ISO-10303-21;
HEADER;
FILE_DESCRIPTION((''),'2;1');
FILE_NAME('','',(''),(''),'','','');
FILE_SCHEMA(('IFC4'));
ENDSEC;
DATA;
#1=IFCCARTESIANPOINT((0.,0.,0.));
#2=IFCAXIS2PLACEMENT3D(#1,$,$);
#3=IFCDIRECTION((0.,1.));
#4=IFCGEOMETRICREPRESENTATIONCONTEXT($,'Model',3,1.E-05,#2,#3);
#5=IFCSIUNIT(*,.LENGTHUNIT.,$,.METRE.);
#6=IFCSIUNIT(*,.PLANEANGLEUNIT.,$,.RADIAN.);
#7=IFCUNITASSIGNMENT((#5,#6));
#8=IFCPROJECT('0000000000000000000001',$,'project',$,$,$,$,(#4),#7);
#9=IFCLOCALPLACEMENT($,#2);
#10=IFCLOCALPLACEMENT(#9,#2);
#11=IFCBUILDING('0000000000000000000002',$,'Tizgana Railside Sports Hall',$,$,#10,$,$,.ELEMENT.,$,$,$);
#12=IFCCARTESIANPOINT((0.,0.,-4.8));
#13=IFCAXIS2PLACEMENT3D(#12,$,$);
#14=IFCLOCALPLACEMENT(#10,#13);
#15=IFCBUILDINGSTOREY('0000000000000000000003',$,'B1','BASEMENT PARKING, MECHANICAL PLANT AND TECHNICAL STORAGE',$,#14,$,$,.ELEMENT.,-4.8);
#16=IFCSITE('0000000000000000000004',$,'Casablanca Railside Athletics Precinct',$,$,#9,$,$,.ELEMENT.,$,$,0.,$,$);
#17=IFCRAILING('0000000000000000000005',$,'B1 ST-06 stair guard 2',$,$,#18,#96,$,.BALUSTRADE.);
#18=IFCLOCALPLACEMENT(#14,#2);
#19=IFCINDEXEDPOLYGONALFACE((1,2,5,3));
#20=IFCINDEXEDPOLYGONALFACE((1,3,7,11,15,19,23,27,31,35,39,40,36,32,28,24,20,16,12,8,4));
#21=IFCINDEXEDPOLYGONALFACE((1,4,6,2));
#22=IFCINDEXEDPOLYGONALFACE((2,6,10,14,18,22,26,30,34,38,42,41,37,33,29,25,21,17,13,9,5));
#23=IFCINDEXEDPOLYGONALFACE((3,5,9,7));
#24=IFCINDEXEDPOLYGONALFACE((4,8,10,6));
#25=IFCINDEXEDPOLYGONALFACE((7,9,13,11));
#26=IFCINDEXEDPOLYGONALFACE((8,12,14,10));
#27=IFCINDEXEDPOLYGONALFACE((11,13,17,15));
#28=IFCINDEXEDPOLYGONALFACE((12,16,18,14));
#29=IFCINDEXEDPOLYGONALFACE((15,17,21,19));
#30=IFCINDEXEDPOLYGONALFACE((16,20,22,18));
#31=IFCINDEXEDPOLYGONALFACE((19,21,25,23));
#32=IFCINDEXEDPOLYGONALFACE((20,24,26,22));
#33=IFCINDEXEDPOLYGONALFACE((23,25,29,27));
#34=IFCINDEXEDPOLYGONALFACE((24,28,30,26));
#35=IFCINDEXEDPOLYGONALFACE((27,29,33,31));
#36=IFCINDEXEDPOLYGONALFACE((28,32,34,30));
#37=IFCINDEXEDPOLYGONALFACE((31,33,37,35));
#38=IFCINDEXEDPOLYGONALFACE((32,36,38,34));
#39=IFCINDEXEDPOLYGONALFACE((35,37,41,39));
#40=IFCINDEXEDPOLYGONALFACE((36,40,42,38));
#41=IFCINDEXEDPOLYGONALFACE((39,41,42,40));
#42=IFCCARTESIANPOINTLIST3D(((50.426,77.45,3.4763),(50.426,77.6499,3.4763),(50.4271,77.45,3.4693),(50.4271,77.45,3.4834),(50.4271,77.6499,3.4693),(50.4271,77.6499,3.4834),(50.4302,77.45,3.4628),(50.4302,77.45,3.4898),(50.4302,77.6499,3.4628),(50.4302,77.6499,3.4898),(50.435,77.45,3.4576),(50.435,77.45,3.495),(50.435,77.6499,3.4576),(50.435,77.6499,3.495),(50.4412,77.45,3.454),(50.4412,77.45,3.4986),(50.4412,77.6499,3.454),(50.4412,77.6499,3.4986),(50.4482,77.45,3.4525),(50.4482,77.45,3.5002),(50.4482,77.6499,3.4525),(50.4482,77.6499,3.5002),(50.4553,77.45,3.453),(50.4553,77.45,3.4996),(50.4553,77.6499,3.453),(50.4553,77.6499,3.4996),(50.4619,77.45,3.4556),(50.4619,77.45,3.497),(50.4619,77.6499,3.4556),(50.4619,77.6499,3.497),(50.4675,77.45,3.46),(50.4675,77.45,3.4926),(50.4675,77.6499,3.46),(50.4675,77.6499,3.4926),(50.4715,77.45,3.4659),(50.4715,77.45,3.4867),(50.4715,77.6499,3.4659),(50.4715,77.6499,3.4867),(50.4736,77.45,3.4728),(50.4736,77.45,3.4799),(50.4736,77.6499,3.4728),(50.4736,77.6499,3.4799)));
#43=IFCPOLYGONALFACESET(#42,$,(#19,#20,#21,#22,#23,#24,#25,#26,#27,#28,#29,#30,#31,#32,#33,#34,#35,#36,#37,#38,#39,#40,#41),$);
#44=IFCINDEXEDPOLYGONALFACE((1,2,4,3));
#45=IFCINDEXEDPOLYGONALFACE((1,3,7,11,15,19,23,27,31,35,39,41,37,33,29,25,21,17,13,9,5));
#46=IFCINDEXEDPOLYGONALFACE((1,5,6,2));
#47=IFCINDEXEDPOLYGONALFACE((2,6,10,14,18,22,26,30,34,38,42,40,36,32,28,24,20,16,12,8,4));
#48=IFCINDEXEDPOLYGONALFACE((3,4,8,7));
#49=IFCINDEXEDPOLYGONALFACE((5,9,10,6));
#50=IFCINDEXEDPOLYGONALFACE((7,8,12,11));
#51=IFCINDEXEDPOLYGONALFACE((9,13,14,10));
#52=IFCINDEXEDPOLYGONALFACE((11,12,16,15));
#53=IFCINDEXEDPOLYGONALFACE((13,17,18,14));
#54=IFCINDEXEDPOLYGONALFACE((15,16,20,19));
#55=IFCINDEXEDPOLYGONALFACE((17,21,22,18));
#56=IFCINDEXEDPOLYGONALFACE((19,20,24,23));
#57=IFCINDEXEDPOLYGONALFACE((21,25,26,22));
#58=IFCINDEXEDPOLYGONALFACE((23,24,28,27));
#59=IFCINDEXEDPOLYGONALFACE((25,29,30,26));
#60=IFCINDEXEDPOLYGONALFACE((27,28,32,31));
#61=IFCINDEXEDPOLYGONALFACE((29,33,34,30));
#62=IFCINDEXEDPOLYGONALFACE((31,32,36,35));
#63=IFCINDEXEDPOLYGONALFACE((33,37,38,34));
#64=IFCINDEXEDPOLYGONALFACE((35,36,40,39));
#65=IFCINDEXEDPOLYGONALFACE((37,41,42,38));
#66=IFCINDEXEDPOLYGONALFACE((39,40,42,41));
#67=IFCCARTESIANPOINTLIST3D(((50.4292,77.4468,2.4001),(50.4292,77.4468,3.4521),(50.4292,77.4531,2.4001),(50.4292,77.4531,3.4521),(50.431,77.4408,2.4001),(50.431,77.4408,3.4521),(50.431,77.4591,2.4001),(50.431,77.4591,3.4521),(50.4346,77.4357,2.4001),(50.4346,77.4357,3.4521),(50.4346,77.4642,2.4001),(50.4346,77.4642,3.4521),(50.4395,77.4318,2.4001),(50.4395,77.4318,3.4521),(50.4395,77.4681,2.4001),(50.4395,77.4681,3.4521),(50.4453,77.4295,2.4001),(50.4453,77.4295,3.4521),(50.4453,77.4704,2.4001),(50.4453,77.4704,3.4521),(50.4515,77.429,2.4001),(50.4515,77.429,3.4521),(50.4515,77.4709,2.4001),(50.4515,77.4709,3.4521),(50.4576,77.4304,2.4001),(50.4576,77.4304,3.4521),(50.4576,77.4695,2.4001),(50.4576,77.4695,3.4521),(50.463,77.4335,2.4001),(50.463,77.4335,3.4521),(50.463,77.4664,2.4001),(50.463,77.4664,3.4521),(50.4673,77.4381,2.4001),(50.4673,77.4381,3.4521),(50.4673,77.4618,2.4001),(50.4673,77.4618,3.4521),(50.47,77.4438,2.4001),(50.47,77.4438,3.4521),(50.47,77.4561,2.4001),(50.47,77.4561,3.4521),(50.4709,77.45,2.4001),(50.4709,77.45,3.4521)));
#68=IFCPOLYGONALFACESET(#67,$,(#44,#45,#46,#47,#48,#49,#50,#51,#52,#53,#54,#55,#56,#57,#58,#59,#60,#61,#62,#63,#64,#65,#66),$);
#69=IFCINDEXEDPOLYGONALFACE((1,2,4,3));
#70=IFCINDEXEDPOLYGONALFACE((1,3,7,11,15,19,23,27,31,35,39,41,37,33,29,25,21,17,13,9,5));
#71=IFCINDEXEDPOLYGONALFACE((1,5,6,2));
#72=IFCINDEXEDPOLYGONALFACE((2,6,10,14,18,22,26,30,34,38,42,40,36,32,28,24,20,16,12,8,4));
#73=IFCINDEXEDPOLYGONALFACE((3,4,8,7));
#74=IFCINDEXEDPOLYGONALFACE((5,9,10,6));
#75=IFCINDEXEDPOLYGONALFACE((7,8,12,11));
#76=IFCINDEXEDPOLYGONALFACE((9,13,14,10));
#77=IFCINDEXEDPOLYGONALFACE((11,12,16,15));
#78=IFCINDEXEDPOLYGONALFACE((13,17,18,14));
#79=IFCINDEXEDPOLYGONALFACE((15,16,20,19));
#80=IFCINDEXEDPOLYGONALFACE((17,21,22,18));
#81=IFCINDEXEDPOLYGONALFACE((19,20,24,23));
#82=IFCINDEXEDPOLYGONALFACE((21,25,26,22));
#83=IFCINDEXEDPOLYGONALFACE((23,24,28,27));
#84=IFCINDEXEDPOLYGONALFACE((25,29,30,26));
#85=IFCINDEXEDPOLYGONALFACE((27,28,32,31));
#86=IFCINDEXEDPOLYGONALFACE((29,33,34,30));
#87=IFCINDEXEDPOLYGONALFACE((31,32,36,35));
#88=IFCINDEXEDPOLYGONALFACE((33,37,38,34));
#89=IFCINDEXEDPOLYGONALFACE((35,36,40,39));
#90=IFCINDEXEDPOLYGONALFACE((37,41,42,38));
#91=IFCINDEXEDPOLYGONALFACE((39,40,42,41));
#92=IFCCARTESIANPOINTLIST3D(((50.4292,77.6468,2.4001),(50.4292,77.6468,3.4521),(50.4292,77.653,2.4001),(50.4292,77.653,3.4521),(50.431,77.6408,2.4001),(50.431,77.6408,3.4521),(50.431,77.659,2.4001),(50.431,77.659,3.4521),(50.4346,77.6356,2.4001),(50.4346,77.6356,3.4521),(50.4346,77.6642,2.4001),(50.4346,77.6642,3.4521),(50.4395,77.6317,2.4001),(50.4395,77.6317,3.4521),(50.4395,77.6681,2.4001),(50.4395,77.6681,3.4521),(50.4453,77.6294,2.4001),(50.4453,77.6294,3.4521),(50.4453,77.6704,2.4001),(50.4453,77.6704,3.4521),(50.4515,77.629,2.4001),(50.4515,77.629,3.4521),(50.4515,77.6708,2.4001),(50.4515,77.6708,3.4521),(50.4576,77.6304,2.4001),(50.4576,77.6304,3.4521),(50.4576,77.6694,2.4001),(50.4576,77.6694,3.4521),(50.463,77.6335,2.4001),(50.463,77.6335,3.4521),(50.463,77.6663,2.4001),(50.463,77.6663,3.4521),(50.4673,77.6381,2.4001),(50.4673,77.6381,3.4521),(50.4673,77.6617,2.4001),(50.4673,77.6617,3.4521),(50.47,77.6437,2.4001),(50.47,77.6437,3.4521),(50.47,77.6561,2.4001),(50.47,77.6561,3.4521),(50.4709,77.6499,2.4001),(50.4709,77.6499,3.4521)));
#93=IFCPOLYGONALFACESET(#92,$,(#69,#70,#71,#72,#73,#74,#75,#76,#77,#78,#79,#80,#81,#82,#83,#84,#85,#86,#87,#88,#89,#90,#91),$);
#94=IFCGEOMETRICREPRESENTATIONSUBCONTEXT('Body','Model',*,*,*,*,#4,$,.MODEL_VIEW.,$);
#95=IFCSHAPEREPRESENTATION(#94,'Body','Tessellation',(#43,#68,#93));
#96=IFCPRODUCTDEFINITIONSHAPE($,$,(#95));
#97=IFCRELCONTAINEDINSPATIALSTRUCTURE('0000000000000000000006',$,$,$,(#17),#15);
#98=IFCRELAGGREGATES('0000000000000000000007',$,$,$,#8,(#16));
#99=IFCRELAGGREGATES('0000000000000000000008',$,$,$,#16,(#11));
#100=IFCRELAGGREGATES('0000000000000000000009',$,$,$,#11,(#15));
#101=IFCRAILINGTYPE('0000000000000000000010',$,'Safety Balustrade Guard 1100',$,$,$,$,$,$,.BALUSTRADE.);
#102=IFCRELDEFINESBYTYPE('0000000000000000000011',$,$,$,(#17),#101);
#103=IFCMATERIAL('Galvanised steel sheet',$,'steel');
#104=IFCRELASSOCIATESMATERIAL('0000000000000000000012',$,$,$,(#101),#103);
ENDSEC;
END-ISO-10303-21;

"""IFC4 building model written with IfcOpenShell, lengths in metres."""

from ifc_helpers import new_model, si_unit, direction, frame, origin, origin_2d, place, context, subcontext, project, spatial, circle, extrude, material, type_object, element, save


model = new_model("IFC4")

# Units and contexts
model_context = context("Model", 3, precision=1e-05, world=origin(), true_north=direction((0.0, 1.0)))
body_context = subcontext(model_context, "Body", "Model", "MODEL_VIEW")
ifc_project = project(units=[si_unit("LENGTHUNIT", "METRE"), si_unit("PLANEANGLEUNIT", "RADIAN")], contexts=[model_context])

# Site, building, storey
site_placement = place(None, origin())
site = spatial("IfcSite", under=ifc_project, at=site_placement, Name="Casablanca Railside Athletics Precinct", CompositionType="ELEMENT", RefElevation=0.0)
building_placement = place(site_placement, origin())
building = spatial("IfcBuilding", under=site, at=building_placement, Name="Tizgana Railside Sports Hall", CompositionType="ELEMENT")
storey_placement = place(building_placement, frame((0.0, 0.0, -4.8)))
storey = spatial("IfcBuildingStorey", under=building, at=storey_placement, Name="B1", Description="BASEMENT PARKING, MECHANICAL PLANT AND TECHNICAL STORAGE", CompositionType="ELEMENT", Elevation=-4.8)

# Railing
ifc_material_1 = material(Name="Galvanised steel sheet", Category="steel")
railing_type_1 = type_object("IfcRailingType", Name="Safety Balustrade Guard 1100", PredefinedType="BALUSTRADE", material=ifc_material_1)
railing_1_placement = place(storey_placement, frame((50.45, 77.45, 2.4001)))
element("IfcRailing", 1, at=railing_1_placement, inside=storey, type_object=railing_type_1, Name="B1 ST-06 stair guard 2", PredefinedType="BALUSTRADE", context=body_context, shape_type="SweptSolid", body=[
    extrude(circle(Radius=0.0239, at=origin_2d()), frame((0.0, 0.0, 1.0762), z_axis=(0.0, 1.0, 0.0), x_axis=(-1.0, 0.0, 0.0)), (0.0, 0.0, 1.0), 0.2),
    extrude(circle(Radius=0.021, at=origin_2d()), origin(), (0.0, 0.0, 1.0), 1.052),
    extrude(circle(Radius=0.021, at=origin_2d()), frame((0.0, 0.2, 0.0)), (0.0, 0.0, 1.0), 1.052),
])

save(model, "model.ifc")
